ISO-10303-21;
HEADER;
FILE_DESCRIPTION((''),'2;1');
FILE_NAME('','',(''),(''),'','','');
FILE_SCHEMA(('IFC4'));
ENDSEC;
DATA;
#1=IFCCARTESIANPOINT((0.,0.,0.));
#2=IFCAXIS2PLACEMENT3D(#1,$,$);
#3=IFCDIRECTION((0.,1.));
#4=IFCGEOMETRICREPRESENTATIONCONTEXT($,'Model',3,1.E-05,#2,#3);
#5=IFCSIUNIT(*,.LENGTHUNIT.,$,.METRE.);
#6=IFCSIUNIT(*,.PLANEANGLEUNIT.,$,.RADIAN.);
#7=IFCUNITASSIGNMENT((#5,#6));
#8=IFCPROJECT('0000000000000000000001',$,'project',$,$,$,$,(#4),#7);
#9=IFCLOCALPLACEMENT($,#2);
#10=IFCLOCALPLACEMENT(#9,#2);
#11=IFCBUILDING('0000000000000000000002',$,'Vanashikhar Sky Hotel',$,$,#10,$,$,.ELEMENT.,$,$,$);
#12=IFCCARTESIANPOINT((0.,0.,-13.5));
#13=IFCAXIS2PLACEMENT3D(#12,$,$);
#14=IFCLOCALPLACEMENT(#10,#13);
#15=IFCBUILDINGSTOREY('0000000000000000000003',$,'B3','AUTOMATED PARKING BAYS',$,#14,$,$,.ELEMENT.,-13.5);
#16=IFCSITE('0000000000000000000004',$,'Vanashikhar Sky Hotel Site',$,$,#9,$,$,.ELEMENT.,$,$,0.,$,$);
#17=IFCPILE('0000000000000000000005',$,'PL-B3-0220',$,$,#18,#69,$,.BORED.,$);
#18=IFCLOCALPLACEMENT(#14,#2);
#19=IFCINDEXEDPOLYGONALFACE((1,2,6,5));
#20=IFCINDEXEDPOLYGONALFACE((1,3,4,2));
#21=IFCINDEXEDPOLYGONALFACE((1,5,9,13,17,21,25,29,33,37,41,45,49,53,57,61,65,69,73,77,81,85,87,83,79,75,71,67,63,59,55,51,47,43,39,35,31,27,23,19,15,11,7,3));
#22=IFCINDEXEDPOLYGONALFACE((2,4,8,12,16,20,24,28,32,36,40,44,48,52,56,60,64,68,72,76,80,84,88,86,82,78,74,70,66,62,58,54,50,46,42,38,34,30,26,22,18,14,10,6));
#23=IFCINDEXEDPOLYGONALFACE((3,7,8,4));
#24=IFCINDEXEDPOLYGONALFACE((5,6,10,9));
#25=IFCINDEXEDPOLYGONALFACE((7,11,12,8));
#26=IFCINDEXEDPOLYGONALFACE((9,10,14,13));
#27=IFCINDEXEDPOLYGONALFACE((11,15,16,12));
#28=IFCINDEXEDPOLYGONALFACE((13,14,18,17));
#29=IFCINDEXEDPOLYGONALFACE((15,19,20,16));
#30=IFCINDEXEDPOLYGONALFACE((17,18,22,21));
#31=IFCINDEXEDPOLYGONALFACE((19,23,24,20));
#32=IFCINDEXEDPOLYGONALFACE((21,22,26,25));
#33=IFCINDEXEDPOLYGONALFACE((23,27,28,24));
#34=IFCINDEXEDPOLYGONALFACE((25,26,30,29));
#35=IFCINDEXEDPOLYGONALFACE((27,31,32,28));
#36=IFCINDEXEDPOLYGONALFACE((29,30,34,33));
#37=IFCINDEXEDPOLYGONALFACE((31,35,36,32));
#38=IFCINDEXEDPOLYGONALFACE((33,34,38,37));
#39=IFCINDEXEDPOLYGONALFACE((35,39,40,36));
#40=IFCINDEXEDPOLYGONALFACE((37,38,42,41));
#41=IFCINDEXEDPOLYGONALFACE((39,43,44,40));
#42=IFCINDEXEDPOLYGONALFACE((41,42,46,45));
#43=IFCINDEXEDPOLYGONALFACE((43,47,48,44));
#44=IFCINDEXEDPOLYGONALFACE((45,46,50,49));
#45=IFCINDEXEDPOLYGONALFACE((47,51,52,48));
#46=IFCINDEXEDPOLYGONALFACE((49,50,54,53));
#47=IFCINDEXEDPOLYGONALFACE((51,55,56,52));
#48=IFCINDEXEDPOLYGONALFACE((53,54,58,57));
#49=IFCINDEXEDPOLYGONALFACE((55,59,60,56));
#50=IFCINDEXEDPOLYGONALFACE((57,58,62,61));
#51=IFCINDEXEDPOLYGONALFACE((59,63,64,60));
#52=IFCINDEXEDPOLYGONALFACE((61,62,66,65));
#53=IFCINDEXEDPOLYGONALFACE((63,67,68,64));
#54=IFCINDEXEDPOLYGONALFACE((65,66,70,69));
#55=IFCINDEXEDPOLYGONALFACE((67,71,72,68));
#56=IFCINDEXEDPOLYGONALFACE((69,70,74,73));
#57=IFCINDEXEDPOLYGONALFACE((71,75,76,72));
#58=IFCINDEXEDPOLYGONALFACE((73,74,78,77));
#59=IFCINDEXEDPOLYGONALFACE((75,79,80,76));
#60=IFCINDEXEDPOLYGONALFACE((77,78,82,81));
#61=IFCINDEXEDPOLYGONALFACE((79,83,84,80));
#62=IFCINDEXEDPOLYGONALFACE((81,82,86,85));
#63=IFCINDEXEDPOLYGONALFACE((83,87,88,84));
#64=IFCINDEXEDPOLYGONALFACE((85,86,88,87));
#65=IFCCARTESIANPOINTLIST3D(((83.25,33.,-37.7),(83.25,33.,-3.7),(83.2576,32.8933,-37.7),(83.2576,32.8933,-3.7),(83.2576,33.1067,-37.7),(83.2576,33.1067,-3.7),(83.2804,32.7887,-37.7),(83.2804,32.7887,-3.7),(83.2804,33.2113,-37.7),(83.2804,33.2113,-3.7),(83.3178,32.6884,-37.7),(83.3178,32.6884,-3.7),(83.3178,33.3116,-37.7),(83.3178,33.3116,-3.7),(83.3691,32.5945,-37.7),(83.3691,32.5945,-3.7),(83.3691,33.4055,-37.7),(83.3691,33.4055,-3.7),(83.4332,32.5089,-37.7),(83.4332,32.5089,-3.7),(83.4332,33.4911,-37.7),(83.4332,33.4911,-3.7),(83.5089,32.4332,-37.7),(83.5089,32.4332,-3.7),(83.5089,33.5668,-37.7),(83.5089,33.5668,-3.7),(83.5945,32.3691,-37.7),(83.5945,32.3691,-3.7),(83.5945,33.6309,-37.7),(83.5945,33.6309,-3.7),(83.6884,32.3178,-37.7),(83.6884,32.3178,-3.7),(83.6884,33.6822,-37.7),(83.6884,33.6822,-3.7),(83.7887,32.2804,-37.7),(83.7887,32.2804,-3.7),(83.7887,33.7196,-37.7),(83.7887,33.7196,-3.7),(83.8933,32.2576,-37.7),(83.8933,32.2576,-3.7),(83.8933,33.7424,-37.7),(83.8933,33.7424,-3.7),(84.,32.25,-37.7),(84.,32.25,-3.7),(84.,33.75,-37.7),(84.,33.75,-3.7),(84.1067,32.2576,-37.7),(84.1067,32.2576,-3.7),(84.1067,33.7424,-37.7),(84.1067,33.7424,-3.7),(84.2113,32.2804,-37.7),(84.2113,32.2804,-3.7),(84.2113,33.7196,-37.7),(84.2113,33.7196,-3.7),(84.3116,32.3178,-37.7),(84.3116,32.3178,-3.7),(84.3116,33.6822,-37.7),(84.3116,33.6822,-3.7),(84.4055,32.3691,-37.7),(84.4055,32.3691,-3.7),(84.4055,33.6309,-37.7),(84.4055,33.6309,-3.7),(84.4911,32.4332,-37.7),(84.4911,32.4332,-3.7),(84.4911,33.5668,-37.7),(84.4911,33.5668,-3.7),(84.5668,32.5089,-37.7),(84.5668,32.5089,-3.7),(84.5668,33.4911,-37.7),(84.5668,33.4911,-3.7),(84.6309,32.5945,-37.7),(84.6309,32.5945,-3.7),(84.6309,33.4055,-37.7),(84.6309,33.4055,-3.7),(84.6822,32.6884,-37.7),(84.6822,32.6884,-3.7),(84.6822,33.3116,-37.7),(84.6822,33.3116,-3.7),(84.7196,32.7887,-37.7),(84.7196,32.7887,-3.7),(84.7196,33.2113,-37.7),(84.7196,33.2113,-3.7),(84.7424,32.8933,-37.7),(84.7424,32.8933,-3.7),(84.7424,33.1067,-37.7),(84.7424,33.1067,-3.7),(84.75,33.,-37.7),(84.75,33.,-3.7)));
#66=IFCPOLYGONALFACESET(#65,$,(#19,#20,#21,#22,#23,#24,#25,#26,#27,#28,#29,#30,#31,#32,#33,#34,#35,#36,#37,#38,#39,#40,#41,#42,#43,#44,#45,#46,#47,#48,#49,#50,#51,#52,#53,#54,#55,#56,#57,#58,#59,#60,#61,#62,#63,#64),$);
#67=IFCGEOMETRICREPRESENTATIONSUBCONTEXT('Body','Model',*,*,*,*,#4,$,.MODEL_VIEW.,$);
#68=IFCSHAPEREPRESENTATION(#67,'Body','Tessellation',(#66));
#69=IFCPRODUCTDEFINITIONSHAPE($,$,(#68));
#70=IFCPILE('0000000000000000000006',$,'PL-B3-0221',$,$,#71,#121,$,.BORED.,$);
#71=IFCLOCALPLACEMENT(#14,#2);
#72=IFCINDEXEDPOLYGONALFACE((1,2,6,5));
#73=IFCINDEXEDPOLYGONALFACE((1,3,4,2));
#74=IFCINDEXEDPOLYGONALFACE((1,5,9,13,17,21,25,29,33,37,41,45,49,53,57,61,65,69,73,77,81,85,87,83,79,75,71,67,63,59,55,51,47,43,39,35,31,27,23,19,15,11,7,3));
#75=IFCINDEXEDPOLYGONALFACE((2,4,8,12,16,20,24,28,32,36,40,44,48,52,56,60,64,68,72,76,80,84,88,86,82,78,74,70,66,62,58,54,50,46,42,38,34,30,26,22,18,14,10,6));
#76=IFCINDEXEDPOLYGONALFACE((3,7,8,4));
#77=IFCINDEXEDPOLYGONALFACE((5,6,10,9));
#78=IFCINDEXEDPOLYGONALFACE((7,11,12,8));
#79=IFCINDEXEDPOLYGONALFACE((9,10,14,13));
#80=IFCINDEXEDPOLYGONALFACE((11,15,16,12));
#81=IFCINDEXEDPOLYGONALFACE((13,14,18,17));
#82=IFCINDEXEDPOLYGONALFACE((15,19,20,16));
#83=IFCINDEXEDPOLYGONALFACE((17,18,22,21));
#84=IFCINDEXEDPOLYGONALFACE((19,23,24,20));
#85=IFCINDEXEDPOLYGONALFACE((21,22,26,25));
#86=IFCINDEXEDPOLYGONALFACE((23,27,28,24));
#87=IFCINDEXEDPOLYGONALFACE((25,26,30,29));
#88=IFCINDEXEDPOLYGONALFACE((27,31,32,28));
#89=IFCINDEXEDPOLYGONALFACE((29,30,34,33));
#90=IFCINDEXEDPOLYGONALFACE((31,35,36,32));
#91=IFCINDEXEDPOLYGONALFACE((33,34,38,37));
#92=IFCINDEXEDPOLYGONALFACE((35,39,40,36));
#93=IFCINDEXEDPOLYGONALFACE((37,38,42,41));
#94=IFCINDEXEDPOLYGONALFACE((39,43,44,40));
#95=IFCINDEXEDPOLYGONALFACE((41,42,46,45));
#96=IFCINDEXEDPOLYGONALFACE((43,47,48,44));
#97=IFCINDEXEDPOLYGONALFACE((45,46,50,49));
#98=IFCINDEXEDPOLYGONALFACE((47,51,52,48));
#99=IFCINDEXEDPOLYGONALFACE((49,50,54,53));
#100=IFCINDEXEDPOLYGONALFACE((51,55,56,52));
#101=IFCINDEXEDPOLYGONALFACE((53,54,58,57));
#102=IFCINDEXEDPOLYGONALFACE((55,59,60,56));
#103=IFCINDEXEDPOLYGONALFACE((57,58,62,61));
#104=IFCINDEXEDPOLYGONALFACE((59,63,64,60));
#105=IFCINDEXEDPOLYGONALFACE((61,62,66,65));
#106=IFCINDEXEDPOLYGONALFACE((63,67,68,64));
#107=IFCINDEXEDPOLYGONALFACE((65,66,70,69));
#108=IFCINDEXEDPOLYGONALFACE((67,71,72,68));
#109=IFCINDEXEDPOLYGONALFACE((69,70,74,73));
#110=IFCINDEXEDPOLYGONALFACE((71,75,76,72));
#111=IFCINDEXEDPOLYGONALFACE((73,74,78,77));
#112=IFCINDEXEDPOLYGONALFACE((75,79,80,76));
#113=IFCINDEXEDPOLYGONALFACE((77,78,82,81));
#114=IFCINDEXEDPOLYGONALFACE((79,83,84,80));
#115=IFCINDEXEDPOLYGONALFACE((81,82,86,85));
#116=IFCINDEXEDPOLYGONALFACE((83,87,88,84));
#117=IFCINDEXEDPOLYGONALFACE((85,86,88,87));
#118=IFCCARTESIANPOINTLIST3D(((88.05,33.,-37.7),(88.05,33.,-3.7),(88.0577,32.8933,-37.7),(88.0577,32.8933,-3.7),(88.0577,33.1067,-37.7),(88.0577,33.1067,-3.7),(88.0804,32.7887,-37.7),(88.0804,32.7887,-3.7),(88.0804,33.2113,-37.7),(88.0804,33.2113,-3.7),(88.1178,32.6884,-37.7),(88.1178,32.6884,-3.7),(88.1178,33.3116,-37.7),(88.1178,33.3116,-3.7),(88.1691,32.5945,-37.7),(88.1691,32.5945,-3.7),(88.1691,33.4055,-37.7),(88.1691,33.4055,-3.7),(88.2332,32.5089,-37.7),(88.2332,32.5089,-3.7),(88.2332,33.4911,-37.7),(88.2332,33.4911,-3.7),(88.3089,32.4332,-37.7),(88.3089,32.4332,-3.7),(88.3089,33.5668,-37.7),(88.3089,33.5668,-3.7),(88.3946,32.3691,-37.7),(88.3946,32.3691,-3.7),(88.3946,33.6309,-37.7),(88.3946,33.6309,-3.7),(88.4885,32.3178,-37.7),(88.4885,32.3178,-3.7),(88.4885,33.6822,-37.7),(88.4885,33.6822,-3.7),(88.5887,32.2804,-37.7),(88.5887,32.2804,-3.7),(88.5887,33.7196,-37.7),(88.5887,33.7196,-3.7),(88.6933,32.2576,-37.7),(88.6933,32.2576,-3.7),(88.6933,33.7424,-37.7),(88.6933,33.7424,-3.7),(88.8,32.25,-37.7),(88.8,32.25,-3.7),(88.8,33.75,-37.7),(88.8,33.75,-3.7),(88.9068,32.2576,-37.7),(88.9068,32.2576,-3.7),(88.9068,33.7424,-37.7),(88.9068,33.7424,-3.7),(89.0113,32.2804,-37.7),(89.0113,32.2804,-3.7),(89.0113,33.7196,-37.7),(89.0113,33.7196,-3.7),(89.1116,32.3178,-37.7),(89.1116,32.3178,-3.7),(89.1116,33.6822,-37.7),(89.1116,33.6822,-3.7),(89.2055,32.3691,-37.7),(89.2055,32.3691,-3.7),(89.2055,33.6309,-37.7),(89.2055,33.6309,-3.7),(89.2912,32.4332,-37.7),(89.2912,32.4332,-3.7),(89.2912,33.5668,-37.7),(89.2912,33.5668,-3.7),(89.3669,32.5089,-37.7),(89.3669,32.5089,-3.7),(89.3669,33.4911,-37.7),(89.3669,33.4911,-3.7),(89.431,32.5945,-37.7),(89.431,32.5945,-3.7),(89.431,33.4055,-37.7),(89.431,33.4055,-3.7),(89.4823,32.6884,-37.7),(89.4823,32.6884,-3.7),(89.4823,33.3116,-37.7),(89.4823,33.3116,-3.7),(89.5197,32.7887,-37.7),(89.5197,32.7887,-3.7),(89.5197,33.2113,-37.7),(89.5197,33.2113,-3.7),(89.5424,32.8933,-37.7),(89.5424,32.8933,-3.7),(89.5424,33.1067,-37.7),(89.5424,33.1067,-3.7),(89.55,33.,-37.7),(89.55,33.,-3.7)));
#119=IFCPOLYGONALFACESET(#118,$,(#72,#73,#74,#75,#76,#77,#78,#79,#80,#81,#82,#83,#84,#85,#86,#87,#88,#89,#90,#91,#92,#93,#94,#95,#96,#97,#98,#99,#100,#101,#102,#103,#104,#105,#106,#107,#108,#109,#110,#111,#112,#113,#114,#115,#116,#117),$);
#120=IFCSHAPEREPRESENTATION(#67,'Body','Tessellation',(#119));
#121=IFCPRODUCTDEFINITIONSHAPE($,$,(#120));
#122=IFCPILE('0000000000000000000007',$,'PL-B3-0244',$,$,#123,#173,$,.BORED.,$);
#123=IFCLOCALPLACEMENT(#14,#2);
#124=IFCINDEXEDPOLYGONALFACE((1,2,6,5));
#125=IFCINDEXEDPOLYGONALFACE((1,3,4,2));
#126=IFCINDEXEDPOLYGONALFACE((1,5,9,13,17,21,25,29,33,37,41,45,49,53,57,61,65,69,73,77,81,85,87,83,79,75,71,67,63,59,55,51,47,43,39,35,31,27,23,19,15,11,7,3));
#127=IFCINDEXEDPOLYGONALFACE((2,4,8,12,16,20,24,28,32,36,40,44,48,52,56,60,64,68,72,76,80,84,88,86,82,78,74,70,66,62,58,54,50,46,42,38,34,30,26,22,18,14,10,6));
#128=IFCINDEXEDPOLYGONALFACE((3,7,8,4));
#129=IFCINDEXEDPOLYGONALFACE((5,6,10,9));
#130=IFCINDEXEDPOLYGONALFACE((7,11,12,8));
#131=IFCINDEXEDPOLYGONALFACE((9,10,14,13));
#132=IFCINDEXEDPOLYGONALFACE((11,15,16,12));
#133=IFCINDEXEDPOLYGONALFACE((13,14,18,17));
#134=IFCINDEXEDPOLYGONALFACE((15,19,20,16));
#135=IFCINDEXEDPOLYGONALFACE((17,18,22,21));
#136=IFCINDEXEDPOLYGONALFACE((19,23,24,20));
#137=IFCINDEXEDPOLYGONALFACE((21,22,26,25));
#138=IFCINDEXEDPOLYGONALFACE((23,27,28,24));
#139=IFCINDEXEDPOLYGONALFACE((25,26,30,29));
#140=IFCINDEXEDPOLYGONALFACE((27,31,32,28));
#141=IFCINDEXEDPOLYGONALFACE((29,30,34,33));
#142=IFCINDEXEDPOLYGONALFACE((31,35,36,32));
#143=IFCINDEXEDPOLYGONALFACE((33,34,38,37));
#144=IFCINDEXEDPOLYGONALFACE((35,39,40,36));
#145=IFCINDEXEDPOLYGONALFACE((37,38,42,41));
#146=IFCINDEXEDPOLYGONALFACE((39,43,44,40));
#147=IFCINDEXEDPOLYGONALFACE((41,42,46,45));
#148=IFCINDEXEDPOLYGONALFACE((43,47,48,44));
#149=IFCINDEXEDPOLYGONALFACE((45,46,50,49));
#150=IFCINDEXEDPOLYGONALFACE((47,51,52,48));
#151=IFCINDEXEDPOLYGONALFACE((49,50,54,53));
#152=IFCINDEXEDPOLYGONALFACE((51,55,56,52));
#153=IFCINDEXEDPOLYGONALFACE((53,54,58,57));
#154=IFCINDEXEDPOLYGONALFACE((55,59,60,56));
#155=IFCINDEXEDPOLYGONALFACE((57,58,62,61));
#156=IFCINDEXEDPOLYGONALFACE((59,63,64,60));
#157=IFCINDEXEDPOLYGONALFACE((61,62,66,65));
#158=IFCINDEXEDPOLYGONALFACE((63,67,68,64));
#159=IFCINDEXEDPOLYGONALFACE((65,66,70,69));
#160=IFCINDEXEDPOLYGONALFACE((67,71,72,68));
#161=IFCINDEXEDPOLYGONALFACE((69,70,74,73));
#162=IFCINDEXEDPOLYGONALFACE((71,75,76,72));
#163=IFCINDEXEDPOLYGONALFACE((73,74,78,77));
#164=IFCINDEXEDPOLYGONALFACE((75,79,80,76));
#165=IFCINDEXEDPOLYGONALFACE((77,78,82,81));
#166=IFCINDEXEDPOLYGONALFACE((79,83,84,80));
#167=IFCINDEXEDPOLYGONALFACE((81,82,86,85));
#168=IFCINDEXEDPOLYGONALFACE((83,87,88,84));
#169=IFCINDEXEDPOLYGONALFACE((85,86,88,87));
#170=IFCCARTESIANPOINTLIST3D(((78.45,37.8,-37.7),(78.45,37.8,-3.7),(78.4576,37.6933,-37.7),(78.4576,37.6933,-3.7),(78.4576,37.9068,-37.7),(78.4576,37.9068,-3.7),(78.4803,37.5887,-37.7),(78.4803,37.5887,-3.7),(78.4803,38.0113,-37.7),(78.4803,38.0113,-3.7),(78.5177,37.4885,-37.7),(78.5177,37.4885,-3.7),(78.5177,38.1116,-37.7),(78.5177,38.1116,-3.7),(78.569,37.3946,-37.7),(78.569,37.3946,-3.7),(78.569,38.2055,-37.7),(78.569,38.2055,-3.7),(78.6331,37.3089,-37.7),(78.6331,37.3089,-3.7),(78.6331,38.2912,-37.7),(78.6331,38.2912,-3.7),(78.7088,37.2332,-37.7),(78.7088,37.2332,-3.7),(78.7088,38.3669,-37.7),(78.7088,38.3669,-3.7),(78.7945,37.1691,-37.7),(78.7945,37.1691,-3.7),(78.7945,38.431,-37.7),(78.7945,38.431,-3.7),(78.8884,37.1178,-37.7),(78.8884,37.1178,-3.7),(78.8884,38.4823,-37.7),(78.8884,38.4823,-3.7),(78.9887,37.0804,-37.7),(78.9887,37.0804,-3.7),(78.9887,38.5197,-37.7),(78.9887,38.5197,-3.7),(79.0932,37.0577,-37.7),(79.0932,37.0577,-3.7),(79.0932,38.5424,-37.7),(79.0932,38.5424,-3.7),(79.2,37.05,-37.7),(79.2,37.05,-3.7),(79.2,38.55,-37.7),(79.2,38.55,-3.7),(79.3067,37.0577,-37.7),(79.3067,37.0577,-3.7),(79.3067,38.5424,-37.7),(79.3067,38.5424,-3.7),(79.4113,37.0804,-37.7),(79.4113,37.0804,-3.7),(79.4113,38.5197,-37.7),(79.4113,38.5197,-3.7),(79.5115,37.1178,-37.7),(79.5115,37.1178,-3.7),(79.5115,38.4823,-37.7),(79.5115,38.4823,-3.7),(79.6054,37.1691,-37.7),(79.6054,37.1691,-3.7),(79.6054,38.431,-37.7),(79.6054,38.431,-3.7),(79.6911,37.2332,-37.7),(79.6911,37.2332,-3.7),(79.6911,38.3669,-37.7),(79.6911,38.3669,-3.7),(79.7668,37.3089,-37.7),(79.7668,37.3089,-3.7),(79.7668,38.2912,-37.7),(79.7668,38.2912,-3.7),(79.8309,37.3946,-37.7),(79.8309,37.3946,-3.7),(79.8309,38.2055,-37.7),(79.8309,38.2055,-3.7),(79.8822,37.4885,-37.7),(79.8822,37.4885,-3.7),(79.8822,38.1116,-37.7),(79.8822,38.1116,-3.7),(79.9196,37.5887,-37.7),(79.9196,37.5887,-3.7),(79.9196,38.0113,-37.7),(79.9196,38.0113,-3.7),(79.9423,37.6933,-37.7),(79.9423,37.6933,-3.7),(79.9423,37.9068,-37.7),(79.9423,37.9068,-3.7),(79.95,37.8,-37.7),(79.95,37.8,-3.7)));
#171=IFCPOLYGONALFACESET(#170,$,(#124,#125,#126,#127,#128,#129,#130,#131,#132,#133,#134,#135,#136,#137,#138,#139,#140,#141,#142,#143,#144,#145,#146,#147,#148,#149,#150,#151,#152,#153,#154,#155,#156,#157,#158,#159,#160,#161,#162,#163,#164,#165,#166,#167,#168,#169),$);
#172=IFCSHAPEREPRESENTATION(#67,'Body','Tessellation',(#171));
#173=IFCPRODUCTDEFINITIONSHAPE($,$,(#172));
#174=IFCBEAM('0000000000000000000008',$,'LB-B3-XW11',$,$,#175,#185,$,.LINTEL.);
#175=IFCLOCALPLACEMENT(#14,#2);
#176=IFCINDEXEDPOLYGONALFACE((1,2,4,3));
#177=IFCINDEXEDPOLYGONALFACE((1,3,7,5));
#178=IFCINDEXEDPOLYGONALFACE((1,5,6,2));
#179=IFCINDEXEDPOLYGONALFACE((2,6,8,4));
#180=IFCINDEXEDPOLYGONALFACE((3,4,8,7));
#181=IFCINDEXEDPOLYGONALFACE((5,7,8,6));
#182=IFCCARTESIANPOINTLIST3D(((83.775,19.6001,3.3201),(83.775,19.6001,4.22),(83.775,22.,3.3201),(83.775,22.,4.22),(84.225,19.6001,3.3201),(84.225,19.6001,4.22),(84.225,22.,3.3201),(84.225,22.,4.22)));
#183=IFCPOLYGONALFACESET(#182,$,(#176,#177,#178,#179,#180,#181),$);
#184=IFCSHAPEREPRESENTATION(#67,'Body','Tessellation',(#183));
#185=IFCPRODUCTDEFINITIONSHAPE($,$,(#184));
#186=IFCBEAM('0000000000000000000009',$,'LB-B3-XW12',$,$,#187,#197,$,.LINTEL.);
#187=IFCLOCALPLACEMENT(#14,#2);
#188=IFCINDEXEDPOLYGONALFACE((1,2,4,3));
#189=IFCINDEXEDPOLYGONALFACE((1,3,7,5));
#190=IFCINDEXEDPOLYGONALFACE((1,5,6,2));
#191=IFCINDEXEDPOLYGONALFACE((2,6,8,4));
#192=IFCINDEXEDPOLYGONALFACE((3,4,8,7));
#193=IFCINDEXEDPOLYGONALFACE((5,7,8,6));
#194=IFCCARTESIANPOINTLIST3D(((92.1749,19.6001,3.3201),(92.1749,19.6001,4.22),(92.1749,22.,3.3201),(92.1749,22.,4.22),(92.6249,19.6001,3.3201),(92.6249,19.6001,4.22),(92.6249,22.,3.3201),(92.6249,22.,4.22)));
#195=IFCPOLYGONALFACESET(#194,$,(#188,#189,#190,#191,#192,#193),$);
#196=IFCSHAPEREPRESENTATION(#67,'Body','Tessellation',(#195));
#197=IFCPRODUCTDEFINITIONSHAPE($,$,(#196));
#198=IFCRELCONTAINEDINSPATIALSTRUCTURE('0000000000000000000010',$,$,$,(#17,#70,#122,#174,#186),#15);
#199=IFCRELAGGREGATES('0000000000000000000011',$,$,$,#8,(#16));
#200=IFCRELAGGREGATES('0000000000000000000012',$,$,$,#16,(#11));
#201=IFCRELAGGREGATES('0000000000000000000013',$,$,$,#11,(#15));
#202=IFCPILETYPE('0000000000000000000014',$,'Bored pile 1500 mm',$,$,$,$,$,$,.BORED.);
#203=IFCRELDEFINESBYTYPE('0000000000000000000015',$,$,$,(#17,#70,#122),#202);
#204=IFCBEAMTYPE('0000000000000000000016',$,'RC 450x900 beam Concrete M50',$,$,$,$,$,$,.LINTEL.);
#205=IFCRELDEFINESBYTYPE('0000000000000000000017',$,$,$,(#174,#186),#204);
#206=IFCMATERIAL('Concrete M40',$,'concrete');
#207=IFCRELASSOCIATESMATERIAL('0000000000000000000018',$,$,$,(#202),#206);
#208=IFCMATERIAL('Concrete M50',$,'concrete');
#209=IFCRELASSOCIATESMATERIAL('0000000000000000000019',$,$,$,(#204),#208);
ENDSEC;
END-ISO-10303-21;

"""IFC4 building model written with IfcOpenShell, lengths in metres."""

from ifc_helpers import new_model, si_unit, direction, frame, origin, origin_2d, place, context, subcontext, project, spatial, rectangle, circle, extrude, source, transform, mapped, material, material_profile, profile_set, type_object, element, save


model = new_model("IFC4")

# Units and contexts
model_context = context("Model", 3, precision=1e-05, world=origin(), true_north=direction((0.0, 1.0)))
body_context = subcontext(model_context, "Body", "Model", "MODEL_VIEW")
ifc_project = project(units=[si_unit("LENGTHUNIT", "METRE"), si_unit("PLANEANGLEUNIT", "RADIAN")], contexts=[model_context])

# Site, building, storey
site_placement = place(None, origin())
site = spatial("IfcSite", under=ifc_project, at=site_placement, Name="Vanashikhar Sky Hotel Site", CompositionType="ELEMENT", RefElevation=0.0)
building_placement = place(site_placement, origin())
building = spatial("IfcBuilding", under=site, at=building_placement, Name="Vanashikhar Sky Hotel", CompositionType="ELEMENT")
storey_placement = place(building_placement, frame((0.0, 0.0, -13.5)))
storey = spatial("IfcBuildingStorey", under=building, at=storey_placement, Name="B3", Description="AUTOMATED PARKING BAYS", CompositionType="ELEMENT", Elevation=-13.5)

# Piles
ifc_material_1 = material(Name="Concrete M40", Category="concrete")
pile_type = type_object("IfcPileType", Name="Bored pile 1500 mm", PredefinedType="BORED", material=ifc_material_1)
shared_shape_1 = source(origin(), body_context, "Body", "SweptSolid", [
    extrude(circle(Radius=0.75, at=origin_2d()), origin(), (0.0, 0.0, 1.0), 34.0),
])
for number, where, z_axis, x_axis, name in (
    (1, (84.0, 33.0, -3.7), (0.0, 0.0, -1.0), (1.0, 0.0, 0.0), "PL-B3-0220"),
    (2, (88.8, 33.0, -3.7), (0.0, 0.0, -1.0), (1.0, 0.0, 0.0), "PL-B3-0221"),
    (3, (79.2, 37.8, -3.7), (0.0, 0.0, -1.0), (1.0, 0.0, 0.0), "PL-B3-0244"),
):
    element("IfcPile", number, at=place(storey_placement, frame(where, z_axis=z_axis, x_axis=x_axis)), inside=storey, type_object=pile_type, Name=name, PredefinedType="BORED", context=body_context, shape_type="MappedRepresentation", body=[
        mapped(shared_shape_1, transform((0.0, 0.0, 0.0), scale=1.0)),
    ])

# Beams
ifc_material_2 = material(Name="Concrete M50", Category="concrete")
ifc_material_profile = material_profile(ifc_material_2, rectangle(XDim=0.45, YDim=0.8999, at=origin_2d()))
ifc_profile_set = profile_set([ifc_material_profile], Name="RC 450x900 beam Concrete M50")
beam_type = type_object("IfcBeamType", Name="RC 450x900 beam Concrete M50", PredefinedType="LINTEL", material=ifc_profile_set)
shared_shape_2 = source(origin(), body_context, "Body", "SweptSolid", [
    extrude(rectangle(XDim=0.45, YDim=0.8999, at=origin_2d()), origin(), (0.0, 0.0, 1.0), 2.3999),
])
for number, where, z_axis, x_axis, name in (
    (4, (84.0, 19.6001, 3.77), (0.0, 1.0, 0.0), (-1.0, 0.0, 0.0), "LB-B3-XW11"),
    (5, (92.3999, 19.6001, 3.77), (0.0, 1.0, 0.0), (-1.0, 0.0, 0.0), "LB-B3-XW12"),
):
    element("IfcBeam", number, at=place(storey_placement, frame(where, z_axis=z_axis, x_axis=x_axis)), inside=storey, type_object=beam_type, Name=name, PredefinedType="LINTEL", context=body_context, shape_type="MappedRepresentation", body=[
        mapped(shared_shape_2, transform((0.0, 0.0, 0.0), scale=1.0)),
    ])

save(model, "model.ifc")
